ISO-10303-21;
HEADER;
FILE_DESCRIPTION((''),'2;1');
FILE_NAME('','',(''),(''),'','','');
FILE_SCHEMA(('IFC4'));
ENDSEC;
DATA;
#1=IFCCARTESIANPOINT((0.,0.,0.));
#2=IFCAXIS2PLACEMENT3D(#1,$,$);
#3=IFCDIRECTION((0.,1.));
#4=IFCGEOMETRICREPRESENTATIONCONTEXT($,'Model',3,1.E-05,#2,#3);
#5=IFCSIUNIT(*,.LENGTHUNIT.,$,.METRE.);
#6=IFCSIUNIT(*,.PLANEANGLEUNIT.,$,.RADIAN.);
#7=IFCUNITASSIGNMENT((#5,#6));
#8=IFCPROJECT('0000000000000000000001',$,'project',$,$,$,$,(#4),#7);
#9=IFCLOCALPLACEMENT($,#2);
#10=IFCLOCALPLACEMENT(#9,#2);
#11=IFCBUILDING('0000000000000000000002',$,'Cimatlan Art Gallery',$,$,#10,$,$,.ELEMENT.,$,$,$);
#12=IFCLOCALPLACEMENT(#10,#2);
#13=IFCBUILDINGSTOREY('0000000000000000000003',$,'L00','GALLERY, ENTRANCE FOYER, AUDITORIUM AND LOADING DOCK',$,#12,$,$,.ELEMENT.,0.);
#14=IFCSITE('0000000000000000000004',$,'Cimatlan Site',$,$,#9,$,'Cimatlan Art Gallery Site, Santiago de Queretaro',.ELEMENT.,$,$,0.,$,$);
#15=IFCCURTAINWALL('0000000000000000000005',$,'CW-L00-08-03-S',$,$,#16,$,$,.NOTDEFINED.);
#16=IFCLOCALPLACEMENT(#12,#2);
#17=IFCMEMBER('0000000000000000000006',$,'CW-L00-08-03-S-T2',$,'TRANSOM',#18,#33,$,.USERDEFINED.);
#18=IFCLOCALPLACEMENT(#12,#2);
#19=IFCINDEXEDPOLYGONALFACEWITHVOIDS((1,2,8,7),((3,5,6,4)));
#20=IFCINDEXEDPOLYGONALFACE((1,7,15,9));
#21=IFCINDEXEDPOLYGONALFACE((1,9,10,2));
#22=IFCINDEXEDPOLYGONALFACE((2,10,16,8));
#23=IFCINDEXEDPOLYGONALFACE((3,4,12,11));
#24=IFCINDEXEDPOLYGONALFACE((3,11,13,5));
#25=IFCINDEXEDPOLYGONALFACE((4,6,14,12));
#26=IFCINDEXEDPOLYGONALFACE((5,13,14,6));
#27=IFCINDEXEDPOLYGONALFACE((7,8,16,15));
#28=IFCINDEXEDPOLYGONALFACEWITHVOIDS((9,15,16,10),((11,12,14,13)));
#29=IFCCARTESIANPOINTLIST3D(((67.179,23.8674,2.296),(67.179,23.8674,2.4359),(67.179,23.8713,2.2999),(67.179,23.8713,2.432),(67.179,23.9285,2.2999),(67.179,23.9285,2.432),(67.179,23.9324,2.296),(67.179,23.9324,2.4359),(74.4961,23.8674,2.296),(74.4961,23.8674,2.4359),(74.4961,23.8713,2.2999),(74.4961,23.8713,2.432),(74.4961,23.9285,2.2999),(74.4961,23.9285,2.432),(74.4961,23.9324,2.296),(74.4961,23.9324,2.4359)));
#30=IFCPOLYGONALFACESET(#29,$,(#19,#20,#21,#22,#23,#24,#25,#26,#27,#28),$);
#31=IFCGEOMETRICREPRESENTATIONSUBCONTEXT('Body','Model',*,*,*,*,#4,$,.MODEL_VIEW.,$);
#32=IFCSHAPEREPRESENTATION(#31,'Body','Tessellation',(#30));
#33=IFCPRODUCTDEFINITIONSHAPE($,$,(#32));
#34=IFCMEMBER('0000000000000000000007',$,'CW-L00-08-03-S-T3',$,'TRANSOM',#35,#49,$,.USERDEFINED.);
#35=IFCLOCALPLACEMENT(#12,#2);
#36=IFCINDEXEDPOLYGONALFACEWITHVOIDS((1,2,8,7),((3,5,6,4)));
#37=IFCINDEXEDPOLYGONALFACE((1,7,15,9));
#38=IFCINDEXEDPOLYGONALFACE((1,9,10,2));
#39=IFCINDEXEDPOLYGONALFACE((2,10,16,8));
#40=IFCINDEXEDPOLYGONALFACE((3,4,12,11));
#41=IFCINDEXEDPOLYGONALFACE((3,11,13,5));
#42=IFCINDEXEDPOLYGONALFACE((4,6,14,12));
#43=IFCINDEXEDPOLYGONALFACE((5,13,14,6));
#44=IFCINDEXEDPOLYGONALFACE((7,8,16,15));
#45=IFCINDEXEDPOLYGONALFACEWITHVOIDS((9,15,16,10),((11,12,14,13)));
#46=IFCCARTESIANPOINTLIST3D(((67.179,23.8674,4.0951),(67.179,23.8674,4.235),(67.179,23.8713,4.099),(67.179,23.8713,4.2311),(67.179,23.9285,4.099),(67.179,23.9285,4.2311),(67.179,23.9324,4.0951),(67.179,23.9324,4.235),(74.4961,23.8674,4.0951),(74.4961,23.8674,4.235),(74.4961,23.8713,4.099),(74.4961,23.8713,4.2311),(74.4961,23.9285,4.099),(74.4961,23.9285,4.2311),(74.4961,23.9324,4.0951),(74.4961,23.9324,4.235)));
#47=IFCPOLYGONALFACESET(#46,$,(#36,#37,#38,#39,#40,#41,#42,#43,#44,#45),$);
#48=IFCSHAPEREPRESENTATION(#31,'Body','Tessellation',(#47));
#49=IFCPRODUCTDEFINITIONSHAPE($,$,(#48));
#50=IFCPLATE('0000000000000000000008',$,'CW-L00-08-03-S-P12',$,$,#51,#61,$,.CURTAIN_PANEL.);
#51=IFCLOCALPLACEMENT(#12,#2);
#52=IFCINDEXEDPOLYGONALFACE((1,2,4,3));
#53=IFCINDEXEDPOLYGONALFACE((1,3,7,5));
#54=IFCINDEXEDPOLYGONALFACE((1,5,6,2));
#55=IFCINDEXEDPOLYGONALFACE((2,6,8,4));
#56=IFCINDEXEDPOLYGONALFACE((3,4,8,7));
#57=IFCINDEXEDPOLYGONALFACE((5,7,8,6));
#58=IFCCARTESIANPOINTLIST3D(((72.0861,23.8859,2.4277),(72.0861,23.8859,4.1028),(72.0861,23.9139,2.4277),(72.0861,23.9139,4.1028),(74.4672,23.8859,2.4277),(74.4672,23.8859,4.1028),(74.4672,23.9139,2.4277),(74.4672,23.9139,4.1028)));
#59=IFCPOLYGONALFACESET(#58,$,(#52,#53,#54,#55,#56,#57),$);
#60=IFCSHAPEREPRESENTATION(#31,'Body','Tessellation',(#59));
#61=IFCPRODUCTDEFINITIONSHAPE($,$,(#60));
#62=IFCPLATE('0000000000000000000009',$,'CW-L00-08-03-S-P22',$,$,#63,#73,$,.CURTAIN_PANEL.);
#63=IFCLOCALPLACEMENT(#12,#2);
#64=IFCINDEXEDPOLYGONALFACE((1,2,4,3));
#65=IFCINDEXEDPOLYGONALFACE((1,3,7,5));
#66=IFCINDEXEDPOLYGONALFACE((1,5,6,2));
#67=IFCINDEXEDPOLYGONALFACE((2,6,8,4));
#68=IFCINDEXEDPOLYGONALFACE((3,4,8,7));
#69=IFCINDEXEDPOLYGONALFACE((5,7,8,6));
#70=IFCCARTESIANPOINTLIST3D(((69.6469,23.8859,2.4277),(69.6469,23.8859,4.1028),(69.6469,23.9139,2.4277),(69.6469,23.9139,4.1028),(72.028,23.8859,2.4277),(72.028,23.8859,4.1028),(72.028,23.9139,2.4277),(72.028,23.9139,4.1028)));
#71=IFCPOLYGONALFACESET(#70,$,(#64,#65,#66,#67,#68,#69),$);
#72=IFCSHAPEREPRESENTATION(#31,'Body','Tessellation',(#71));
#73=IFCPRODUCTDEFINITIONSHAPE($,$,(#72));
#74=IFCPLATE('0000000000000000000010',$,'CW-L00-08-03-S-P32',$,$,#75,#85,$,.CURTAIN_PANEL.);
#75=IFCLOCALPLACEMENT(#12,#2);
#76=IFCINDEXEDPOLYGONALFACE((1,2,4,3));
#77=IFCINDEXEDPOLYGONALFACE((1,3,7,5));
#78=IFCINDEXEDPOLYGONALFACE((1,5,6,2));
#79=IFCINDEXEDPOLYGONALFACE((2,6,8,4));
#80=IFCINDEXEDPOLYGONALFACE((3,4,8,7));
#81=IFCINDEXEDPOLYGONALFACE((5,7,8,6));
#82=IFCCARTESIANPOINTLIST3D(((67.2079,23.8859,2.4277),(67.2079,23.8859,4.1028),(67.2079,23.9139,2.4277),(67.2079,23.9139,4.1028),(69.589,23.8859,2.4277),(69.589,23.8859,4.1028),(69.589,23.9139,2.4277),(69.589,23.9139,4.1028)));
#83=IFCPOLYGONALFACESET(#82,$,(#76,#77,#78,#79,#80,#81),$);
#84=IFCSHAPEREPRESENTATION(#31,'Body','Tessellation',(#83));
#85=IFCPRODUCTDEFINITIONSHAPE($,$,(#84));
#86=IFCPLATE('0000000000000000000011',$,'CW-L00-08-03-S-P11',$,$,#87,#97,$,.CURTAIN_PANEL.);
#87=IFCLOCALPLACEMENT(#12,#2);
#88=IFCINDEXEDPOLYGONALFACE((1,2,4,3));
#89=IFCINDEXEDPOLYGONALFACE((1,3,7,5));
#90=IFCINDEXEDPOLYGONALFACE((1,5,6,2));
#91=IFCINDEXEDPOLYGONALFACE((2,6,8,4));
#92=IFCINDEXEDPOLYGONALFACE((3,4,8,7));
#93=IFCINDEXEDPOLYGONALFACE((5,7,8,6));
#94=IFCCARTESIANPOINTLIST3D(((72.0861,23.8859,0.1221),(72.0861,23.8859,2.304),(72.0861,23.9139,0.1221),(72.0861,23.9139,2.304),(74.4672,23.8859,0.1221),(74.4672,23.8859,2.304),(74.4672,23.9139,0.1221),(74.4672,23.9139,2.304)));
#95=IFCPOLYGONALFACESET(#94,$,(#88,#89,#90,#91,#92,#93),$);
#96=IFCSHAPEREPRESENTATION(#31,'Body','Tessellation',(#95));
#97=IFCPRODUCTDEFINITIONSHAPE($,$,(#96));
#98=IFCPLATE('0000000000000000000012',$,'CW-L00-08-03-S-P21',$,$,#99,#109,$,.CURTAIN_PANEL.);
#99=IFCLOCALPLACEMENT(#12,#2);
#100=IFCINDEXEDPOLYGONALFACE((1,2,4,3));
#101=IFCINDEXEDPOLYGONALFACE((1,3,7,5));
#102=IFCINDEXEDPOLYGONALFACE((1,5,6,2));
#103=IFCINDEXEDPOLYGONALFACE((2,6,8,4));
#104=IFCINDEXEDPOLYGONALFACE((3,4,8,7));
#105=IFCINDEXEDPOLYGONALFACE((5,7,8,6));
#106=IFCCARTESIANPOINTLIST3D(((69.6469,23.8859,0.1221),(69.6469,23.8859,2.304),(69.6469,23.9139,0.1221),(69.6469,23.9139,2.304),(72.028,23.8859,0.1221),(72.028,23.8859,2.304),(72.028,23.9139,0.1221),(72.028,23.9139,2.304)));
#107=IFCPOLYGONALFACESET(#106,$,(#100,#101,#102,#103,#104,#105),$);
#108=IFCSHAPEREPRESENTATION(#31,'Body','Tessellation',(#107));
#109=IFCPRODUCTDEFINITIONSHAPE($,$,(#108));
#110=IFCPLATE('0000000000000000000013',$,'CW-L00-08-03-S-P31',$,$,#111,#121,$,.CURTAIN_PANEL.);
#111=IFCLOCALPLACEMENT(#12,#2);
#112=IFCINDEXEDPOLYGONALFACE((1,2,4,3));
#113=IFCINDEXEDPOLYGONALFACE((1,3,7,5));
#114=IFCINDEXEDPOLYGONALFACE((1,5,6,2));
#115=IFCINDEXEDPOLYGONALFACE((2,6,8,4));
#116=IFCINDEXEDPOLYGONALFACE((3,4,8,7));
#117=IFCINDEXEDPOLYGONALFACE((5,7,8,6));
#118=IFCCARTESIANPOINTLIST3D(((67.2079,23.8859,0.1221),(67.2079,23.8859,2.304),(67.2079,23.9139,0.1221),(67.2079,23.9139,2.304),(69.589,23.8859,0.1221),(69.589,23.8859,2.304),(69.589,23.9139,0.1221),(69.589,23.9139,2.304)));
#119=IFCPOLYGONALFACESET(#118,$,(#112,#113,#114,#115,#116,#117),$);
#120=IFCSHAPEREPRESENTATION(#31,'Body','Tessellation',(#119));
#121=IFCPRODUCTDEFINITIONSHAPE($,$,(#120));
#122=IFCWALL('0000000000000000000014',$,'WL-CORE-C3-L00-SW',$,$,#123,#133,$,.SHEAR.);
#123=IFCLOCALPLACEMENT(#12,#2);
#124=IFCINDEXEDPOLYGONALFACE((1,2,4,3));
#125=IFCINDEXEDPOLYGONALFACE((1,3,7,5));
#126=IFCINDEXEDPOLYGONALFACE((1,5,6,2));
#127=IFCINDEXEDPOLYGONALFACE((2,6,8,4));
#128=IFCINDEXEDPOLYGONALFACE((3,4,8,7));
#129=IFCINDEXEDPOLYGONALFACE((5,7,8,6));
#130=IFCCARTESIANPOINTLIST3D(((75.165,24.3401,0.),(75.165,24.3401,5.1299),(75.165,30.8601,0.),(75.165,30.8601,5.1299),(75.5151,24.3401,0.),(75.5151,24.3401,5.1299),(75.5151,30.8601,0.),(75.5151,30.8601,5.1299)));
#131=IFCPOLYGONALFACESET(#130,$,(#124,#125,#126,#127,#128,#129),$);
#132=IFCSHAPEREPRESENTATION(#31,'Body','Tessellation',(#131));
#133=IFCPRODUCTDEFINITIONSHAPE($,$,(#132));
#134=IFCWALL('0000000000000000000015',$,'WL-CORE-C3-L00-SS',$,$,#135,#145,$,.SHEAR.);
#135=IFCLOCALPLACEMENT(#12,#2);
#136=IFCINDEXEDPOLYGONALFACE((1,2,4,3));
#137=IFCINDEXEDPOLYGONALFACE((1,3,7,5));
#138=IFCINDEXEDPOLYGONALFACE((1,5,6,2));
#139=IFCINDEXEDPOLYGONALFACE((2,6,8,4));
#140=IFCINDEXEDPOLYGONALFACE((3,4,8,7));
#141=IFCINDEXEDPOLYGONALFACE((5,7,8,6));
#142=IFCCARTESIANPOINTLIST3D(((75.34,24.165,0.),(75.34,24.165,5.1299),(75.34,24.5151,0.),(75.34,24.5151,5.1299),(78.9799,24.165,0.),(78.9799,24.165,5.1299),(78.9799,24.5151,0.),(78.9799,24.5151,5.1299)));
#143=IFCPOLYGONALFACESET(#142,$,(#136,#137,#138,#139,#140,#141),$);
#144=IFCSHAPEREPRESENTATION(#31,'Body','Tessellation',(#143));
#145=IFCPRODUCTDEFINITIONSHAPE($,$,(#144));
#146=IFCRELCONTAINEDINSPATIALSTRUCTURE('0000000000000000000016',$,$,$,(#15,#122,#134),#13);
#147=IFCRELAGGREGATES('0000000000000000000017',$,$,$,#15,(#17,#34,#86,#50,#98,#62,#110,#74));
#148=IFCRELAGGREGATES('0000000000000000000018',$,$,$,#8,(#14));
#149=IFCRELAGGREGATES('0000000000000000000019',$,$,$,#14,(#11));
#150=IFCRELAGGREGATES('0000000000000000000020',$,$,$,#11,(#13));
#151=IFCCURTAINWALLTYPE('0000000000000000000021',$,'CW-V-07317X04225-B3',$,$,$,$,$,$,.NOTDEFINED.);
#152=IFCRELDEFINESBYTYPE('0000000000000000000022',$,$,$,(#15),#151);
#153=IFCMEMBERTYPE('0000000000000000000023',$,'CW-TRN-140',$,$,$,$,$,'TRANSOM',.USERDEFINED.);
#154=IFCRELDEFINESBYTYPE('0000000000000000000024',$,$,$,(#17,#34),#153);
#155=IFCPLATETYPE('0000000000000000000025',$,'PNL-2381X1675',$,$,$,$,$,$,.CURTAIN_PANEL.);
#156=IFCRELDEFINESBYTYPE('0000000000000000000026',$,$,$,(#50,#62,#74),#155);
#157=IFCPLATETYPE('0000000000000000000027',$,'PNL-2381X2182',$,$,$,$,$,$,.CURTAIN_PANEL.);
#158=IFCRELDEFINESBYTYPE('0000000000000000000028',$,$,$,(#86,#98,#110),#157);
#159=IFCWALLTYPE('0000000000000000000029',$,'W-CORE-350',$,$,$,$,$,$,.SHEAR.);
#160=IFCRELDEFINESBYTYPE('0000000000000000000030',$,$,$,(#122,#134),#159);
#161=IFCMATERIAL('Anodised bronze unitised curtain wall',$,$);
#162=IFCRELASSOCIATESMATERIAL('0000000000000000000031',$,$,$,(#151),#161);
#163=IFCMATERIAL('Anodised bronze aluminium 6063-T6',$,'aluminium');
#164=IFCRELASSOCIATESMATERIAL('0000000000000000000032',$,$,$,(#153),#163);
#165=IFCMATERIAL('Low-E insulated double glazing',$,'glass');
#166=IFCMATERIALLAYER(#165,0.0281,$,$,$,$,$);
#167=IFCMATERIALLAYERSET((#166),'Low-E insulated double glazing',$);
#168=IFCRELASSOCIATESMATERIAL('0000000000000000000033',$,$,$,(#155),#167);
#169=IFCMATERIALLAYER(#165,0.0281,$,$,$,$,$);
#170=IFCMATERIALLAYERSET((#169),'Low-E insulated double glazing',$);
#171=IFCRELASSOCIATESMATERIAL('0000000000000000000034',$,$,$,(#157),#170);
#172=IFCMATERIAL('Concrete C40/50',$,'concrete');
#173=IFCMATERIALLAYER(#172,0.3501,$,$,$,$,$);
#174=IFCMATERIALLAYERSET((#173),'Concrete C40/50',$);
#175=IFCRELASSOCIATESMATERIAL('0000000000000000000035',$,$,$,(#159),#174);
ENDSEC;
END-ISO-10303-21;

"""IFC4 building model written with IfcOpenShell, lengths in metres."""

from ifc_helpers import new_model, si_unit, direction, frame, frame_2d, origin, origin_2d, place, context, subcontext, project, spatial, rectangle, hollow_rectangle, extrude, material, layer, layer_set, material_profile, profile_set, type_object, element, aggregate, save


model = new_model("IFC4")

# Units and contexts
model_context = context("Model", 3, precision=1e-05, world=origin(), true_north=direction((0.0, 1.0)))
body_context = subcontext(model_context, "Body", "Model", "MODEL_VIEW")
ifc_project = project(units=[si_unit("LENGTHUNIT", "METRE"), si_unit("PLANEANGLEUNIT", "RADIAN")], contexts=[model_context])

# Site, building, storey
site_placement = place(None, origin())
site = spatial("IfcSite", under=ifc_project, at=site_placement, Name="Cimatlan Site", LongName="Cimatlan Art Gallery Site, Santiago de Queretaro", CompositionType="ELEMENT", RefElevation=0.0)
building_placement = place(site_placement, origin())
building = spatial("IfcBuilding", under=site, at=building_placement, Name="Cimatlan Art Gallery", CompositionType="ELEMENT")
storey_placement = place(building_placement, origin())
storey = spatial("IfcBuildingStorey", under=building, at=storey_placement, Name="L00", Description="GALLERY, ENTRANCE FOYER, AUDITORIUM AND LOADING DOCK", CompositionType="ELEMENT", Elevation=0.0)

# Shared definitions
ifc_material_1 = material(Name="Concrete C40/50", Category="concrete")

# Curtain wall
ifc_material_2 = material(Name="Anodised bronze unitised curtain wall")
curtain_wall_type_1 = type_object("IfcCurtainWallType", Name="CW-V-07317X04225-B3", PredefinedType="NOTDEFINED", material=ifc_material_2)
curtain_wall_1_placement = place(storey_placement, origin())
curtain_wall_1 = element("IfcCurtainWall", 1, at=curtain_wall_1_placement, inside=storey, type_object=curtain_wall_type_1, Name="CW-L00-08-03-S", PredefinedType="NOTDEFINED")
ifc_material_3 = material(Name="Anodised bronze aluminium 6063-T6", Category="aluminium")

# Members
ifc_material_profile_1 = material_profile(ifc_material_3, hollow_rectangle(XDim=0.0649, YDim=0.1399, WallThickness=0.0039, at=origin_2d()), Name="ALU65X140X4")
ifc_profile_set_1 = profile_set([ifc_material_profile_1], Name="Anodised bronze aluminium 6063-T6")
member_type_1 = type_object("IfcMemberType", Name="CW-TRN-140", ElementType="TRANSOM", PredefinedType="USERDEFINED", material=ifc_profile_set_1)
member_1_placement = place(storey_placement, frame((74.4961, 23.8999, 2.366), z_axis=(-1.0, 0.0, 0.0), x_axis=(0.0, -1.0, 0.0)))
member_1 = element("IfcMember", 2, at=member_1_placement, type_object=member_type_1, Name="CW-L00-08-03-S-T2", ObjectType="TRANSOM", PredefinedType="USERDEFINED", context=body_context, shape_type="SweptSolid", body=[
    extrude(hollow_rectangle(XDim=0.0649, YDim=0.1399, WallThickness=0.0039, at=origin_2d()), origin(), (0.0, 0.0, 1.0), 7.3171),
])
member_2_placement = place(storey_placement, frame((74.4961, 23.8999, 4.165), z_axis=(-1.0, 0.0, 0.0), x_axis=(0.0, -1.0, 0.0)))
member_2 = element("IfcMember", 3, at=member_2_placement, type_object=member_type_1, Name="CW-L00-08-03-S-T3", ObjectType="TRANSOM", PredefinedType="USERDEFINED", context=body_context, shape_type="SweptSolid", body=[
    extrude(hollow_rectangle(XDim=0.0649, YDim=0.1399, WallThickness=0.0039, at=origin_2d()), origin(), (0.0, 0.0, 1.0), 7.3171),
])

# Plates
ifc_material_4 = material(Name="Low-E insulated double glazing", Category="glass")
ifc_layer_1 = layer(ifc_material_4, 0.0281)
ifc_layer_set_1 = layer_set([ifc_layer_1], Name="Low-E insulated double glazing")
plate_type_1 = type_object("IfcPlateType", Name="PNL-2381X1675", PredefinedType="CURTAIN_PANEL", material=ifc_layer_set_1)
plate_1_placement = place(storey_placement, frame((73.2766, 23.8999, 2.4277), z_axis=(0.0, 0.0, 1.0), x_axis=(-1.0, 0.0, 0.0)))
plate_1 = element("IfcPlate", 4, at=plate_1_placement, type_object=plate_type_1, Name="CW-L00-08-03-S-P12", PredefinedType="CURTAIN_PANEL", context=body_context, shape_type="SweptSolid", body=[
    extrude(rectangle(XDim=2.3811, YDim=0.0281, at=origin_2d()), origin(), (0.0, 0.0, 1.0), 1.675),
])
plate_2_placement = place(storey_placement, frame((70.8374, 23.8999, 2.4277), z_axis=(0.0, 0.0, 1.0), x_axis=(-1.0, 0.0, 0.0)))
plate_2 = element("IfcPlate", 5, at=plate_2_placement, type_object=plate_type_1, Name="CW-L00-08-03-S-P22", PredefinedType="CURTAIN_PANEL", context=body_context, shape_type="SweptSolid", body=[
    extrude(rectangle(XDim=2.3811, YDim=0.0281, at=origin_2d()), origin(), (0.0, 0.0, 1.0), 1.675),
])
plate_3_placement = place(storey_placement, frame((68.3984, 23.8999, 2.4277), z_axis=(0.0, 0.0, 1.0), x_axis=(-1.0, 0.0, 0.0)))
plate_3 = element("IfcPlate", 6, at=plate_3_placement, type_object=plate_type_1, Name="CW-L00-08-03-S-P32", PredefinedType="CURTAIN_PANEL", context=body_context, shape_type="SweptSolid", body=[
    extrude(rectangle(XDim=2.3811, YDim=0.0281, at=origin_2d()), origin(), (0.0, 0.0, 1.0), 1.675),
])
ifc_layer_2 = layer(ifc_material_4, 0.0281)
ifc_layer_set_2 = layer_set([ifc_layer_2], Name="Low-E insulated double glazing")
plate_type_2 = type_object("IfcPlateType", Name="PNL-2381X2182", PredefinedType="CURTAIN_PANEL", material=ifc_layer_set_2)
plate_4_placement = place(storey_placement, frame((73.2766, 23.8999, 0.1221), z_axis=(0.0, 0.0, 1.0), x_axis=(-1.0, 0.0, 0.0)))
plate_4 = element("IfcPlate", 7, at=plate_4_placement, type_object=plate_type_2, Name="CW-L00-08-03-S-P11", PredefinedType="CURTAIN_PANEL", context=body_context, shape_type="SweptSolid", body=[
    extrude(rectangle(XDim=2.3811, YDim=0.0281, at=origin_2d()), origin(), (0.0, 0.0, 1.0), 2.1819),
])
plate_5_placement = place(storey_placement, frame((70.8374, 23.8999, 0.1221), z_axis=(0.0, 0.0, 1.0), x_axis=(-1.0, 0.0, 0.0)))
plate_5 = element("IfcPlate", 8, at=plate_5_placement, type_object=plate_type_2, Name="CW-L00-08-03-S-P21", PredefinedType="CURTAIN_PANEL", context=body_context, shape_type="SweptSolid", body=[
    extrude(rectangle(XDim=2.3811, YDim=0.0281, at=origin_2d()), origin(), (0.0, 0.0, 1.0), 2.1819),
])
plate_6_placement = place(storey_placement, frame((68.3984, 23.8999, 0.1221), z_axis=(0.0, 0.0, 1.0), x_axis=(-1.0, 0.0, 0.0)))
plate_6 = element("IfcPlate", 9, at=plate_6_placement, type_object=plate_type_2, Name="CW-L00-08-03-S-P31", PredefinedType="CURTAIN_PANEL", context=body_context, shape_type="SweptSolid", body=[
    extrude(rectangle(XDim=2.3811, YDim=0.0281, at=origin_2d()), origin(), (0.0, 0.0, 1.0), 2.1819),
])
aggregate(curtain_wall_1, [member_1, member_2, plate_4, plate_1, plate_5, plate_2, plate_6, plate_3])

# Walls
ifc_layer_3 = layer(ifc_material_1, 0.3501)
ifc_layer_set_3 = layer_set([ifc_layer_3], Name="Concrete C40/50")
wall_type = type_object("IfcWallType", Name="W-CORE-350", PredefinedType="SHEAR", material=ifc_layer_set_3)
wall_1_placement = place(storey_placement, frame((75.3401, 24.3401, 0.0), z_axis=(0.0, 0.0, 1.0), x_axis=(0.0, 1.0, 0.0)))
element("IfcWall", 10, at=wall_1_placement, inside=storey, type_object=wall_type, Name="WL-CORE-C3-L00-SW", PredefinedType="SHEAR", context=body_context, shape_type="SweptSolid", body=[
    extrude(rectangle(XDim=6.52, YDim=0.3501, at=frame_2d((3.26, 0.0))), origin(), (0.0, 0.0, 1.0), 5.1299),
])
wall_2_placement = place(storey_placement, frame((75.3401, 24.3401, 0.0), z_axis=(0.0, 0.0, 1.0), x_axis=(1.0, 0.0, 0.0)))
element("IfcWall", 11, at=wall_2_placement, inside=storey, type_object=wall_type, Name="WL-CORE-C3-L00-SS", PredefinedType="SHEAR", context=body_context, shape_type="SweptSolid", body=[
    extrude(rectangle(XDim=3.6399, YDim=0.3501, at=frame_2d((1.8198, 0.0))), origin(), (0.0, 0.0, 1.0), 5.1299),
])

save(model, "model.ifc")
